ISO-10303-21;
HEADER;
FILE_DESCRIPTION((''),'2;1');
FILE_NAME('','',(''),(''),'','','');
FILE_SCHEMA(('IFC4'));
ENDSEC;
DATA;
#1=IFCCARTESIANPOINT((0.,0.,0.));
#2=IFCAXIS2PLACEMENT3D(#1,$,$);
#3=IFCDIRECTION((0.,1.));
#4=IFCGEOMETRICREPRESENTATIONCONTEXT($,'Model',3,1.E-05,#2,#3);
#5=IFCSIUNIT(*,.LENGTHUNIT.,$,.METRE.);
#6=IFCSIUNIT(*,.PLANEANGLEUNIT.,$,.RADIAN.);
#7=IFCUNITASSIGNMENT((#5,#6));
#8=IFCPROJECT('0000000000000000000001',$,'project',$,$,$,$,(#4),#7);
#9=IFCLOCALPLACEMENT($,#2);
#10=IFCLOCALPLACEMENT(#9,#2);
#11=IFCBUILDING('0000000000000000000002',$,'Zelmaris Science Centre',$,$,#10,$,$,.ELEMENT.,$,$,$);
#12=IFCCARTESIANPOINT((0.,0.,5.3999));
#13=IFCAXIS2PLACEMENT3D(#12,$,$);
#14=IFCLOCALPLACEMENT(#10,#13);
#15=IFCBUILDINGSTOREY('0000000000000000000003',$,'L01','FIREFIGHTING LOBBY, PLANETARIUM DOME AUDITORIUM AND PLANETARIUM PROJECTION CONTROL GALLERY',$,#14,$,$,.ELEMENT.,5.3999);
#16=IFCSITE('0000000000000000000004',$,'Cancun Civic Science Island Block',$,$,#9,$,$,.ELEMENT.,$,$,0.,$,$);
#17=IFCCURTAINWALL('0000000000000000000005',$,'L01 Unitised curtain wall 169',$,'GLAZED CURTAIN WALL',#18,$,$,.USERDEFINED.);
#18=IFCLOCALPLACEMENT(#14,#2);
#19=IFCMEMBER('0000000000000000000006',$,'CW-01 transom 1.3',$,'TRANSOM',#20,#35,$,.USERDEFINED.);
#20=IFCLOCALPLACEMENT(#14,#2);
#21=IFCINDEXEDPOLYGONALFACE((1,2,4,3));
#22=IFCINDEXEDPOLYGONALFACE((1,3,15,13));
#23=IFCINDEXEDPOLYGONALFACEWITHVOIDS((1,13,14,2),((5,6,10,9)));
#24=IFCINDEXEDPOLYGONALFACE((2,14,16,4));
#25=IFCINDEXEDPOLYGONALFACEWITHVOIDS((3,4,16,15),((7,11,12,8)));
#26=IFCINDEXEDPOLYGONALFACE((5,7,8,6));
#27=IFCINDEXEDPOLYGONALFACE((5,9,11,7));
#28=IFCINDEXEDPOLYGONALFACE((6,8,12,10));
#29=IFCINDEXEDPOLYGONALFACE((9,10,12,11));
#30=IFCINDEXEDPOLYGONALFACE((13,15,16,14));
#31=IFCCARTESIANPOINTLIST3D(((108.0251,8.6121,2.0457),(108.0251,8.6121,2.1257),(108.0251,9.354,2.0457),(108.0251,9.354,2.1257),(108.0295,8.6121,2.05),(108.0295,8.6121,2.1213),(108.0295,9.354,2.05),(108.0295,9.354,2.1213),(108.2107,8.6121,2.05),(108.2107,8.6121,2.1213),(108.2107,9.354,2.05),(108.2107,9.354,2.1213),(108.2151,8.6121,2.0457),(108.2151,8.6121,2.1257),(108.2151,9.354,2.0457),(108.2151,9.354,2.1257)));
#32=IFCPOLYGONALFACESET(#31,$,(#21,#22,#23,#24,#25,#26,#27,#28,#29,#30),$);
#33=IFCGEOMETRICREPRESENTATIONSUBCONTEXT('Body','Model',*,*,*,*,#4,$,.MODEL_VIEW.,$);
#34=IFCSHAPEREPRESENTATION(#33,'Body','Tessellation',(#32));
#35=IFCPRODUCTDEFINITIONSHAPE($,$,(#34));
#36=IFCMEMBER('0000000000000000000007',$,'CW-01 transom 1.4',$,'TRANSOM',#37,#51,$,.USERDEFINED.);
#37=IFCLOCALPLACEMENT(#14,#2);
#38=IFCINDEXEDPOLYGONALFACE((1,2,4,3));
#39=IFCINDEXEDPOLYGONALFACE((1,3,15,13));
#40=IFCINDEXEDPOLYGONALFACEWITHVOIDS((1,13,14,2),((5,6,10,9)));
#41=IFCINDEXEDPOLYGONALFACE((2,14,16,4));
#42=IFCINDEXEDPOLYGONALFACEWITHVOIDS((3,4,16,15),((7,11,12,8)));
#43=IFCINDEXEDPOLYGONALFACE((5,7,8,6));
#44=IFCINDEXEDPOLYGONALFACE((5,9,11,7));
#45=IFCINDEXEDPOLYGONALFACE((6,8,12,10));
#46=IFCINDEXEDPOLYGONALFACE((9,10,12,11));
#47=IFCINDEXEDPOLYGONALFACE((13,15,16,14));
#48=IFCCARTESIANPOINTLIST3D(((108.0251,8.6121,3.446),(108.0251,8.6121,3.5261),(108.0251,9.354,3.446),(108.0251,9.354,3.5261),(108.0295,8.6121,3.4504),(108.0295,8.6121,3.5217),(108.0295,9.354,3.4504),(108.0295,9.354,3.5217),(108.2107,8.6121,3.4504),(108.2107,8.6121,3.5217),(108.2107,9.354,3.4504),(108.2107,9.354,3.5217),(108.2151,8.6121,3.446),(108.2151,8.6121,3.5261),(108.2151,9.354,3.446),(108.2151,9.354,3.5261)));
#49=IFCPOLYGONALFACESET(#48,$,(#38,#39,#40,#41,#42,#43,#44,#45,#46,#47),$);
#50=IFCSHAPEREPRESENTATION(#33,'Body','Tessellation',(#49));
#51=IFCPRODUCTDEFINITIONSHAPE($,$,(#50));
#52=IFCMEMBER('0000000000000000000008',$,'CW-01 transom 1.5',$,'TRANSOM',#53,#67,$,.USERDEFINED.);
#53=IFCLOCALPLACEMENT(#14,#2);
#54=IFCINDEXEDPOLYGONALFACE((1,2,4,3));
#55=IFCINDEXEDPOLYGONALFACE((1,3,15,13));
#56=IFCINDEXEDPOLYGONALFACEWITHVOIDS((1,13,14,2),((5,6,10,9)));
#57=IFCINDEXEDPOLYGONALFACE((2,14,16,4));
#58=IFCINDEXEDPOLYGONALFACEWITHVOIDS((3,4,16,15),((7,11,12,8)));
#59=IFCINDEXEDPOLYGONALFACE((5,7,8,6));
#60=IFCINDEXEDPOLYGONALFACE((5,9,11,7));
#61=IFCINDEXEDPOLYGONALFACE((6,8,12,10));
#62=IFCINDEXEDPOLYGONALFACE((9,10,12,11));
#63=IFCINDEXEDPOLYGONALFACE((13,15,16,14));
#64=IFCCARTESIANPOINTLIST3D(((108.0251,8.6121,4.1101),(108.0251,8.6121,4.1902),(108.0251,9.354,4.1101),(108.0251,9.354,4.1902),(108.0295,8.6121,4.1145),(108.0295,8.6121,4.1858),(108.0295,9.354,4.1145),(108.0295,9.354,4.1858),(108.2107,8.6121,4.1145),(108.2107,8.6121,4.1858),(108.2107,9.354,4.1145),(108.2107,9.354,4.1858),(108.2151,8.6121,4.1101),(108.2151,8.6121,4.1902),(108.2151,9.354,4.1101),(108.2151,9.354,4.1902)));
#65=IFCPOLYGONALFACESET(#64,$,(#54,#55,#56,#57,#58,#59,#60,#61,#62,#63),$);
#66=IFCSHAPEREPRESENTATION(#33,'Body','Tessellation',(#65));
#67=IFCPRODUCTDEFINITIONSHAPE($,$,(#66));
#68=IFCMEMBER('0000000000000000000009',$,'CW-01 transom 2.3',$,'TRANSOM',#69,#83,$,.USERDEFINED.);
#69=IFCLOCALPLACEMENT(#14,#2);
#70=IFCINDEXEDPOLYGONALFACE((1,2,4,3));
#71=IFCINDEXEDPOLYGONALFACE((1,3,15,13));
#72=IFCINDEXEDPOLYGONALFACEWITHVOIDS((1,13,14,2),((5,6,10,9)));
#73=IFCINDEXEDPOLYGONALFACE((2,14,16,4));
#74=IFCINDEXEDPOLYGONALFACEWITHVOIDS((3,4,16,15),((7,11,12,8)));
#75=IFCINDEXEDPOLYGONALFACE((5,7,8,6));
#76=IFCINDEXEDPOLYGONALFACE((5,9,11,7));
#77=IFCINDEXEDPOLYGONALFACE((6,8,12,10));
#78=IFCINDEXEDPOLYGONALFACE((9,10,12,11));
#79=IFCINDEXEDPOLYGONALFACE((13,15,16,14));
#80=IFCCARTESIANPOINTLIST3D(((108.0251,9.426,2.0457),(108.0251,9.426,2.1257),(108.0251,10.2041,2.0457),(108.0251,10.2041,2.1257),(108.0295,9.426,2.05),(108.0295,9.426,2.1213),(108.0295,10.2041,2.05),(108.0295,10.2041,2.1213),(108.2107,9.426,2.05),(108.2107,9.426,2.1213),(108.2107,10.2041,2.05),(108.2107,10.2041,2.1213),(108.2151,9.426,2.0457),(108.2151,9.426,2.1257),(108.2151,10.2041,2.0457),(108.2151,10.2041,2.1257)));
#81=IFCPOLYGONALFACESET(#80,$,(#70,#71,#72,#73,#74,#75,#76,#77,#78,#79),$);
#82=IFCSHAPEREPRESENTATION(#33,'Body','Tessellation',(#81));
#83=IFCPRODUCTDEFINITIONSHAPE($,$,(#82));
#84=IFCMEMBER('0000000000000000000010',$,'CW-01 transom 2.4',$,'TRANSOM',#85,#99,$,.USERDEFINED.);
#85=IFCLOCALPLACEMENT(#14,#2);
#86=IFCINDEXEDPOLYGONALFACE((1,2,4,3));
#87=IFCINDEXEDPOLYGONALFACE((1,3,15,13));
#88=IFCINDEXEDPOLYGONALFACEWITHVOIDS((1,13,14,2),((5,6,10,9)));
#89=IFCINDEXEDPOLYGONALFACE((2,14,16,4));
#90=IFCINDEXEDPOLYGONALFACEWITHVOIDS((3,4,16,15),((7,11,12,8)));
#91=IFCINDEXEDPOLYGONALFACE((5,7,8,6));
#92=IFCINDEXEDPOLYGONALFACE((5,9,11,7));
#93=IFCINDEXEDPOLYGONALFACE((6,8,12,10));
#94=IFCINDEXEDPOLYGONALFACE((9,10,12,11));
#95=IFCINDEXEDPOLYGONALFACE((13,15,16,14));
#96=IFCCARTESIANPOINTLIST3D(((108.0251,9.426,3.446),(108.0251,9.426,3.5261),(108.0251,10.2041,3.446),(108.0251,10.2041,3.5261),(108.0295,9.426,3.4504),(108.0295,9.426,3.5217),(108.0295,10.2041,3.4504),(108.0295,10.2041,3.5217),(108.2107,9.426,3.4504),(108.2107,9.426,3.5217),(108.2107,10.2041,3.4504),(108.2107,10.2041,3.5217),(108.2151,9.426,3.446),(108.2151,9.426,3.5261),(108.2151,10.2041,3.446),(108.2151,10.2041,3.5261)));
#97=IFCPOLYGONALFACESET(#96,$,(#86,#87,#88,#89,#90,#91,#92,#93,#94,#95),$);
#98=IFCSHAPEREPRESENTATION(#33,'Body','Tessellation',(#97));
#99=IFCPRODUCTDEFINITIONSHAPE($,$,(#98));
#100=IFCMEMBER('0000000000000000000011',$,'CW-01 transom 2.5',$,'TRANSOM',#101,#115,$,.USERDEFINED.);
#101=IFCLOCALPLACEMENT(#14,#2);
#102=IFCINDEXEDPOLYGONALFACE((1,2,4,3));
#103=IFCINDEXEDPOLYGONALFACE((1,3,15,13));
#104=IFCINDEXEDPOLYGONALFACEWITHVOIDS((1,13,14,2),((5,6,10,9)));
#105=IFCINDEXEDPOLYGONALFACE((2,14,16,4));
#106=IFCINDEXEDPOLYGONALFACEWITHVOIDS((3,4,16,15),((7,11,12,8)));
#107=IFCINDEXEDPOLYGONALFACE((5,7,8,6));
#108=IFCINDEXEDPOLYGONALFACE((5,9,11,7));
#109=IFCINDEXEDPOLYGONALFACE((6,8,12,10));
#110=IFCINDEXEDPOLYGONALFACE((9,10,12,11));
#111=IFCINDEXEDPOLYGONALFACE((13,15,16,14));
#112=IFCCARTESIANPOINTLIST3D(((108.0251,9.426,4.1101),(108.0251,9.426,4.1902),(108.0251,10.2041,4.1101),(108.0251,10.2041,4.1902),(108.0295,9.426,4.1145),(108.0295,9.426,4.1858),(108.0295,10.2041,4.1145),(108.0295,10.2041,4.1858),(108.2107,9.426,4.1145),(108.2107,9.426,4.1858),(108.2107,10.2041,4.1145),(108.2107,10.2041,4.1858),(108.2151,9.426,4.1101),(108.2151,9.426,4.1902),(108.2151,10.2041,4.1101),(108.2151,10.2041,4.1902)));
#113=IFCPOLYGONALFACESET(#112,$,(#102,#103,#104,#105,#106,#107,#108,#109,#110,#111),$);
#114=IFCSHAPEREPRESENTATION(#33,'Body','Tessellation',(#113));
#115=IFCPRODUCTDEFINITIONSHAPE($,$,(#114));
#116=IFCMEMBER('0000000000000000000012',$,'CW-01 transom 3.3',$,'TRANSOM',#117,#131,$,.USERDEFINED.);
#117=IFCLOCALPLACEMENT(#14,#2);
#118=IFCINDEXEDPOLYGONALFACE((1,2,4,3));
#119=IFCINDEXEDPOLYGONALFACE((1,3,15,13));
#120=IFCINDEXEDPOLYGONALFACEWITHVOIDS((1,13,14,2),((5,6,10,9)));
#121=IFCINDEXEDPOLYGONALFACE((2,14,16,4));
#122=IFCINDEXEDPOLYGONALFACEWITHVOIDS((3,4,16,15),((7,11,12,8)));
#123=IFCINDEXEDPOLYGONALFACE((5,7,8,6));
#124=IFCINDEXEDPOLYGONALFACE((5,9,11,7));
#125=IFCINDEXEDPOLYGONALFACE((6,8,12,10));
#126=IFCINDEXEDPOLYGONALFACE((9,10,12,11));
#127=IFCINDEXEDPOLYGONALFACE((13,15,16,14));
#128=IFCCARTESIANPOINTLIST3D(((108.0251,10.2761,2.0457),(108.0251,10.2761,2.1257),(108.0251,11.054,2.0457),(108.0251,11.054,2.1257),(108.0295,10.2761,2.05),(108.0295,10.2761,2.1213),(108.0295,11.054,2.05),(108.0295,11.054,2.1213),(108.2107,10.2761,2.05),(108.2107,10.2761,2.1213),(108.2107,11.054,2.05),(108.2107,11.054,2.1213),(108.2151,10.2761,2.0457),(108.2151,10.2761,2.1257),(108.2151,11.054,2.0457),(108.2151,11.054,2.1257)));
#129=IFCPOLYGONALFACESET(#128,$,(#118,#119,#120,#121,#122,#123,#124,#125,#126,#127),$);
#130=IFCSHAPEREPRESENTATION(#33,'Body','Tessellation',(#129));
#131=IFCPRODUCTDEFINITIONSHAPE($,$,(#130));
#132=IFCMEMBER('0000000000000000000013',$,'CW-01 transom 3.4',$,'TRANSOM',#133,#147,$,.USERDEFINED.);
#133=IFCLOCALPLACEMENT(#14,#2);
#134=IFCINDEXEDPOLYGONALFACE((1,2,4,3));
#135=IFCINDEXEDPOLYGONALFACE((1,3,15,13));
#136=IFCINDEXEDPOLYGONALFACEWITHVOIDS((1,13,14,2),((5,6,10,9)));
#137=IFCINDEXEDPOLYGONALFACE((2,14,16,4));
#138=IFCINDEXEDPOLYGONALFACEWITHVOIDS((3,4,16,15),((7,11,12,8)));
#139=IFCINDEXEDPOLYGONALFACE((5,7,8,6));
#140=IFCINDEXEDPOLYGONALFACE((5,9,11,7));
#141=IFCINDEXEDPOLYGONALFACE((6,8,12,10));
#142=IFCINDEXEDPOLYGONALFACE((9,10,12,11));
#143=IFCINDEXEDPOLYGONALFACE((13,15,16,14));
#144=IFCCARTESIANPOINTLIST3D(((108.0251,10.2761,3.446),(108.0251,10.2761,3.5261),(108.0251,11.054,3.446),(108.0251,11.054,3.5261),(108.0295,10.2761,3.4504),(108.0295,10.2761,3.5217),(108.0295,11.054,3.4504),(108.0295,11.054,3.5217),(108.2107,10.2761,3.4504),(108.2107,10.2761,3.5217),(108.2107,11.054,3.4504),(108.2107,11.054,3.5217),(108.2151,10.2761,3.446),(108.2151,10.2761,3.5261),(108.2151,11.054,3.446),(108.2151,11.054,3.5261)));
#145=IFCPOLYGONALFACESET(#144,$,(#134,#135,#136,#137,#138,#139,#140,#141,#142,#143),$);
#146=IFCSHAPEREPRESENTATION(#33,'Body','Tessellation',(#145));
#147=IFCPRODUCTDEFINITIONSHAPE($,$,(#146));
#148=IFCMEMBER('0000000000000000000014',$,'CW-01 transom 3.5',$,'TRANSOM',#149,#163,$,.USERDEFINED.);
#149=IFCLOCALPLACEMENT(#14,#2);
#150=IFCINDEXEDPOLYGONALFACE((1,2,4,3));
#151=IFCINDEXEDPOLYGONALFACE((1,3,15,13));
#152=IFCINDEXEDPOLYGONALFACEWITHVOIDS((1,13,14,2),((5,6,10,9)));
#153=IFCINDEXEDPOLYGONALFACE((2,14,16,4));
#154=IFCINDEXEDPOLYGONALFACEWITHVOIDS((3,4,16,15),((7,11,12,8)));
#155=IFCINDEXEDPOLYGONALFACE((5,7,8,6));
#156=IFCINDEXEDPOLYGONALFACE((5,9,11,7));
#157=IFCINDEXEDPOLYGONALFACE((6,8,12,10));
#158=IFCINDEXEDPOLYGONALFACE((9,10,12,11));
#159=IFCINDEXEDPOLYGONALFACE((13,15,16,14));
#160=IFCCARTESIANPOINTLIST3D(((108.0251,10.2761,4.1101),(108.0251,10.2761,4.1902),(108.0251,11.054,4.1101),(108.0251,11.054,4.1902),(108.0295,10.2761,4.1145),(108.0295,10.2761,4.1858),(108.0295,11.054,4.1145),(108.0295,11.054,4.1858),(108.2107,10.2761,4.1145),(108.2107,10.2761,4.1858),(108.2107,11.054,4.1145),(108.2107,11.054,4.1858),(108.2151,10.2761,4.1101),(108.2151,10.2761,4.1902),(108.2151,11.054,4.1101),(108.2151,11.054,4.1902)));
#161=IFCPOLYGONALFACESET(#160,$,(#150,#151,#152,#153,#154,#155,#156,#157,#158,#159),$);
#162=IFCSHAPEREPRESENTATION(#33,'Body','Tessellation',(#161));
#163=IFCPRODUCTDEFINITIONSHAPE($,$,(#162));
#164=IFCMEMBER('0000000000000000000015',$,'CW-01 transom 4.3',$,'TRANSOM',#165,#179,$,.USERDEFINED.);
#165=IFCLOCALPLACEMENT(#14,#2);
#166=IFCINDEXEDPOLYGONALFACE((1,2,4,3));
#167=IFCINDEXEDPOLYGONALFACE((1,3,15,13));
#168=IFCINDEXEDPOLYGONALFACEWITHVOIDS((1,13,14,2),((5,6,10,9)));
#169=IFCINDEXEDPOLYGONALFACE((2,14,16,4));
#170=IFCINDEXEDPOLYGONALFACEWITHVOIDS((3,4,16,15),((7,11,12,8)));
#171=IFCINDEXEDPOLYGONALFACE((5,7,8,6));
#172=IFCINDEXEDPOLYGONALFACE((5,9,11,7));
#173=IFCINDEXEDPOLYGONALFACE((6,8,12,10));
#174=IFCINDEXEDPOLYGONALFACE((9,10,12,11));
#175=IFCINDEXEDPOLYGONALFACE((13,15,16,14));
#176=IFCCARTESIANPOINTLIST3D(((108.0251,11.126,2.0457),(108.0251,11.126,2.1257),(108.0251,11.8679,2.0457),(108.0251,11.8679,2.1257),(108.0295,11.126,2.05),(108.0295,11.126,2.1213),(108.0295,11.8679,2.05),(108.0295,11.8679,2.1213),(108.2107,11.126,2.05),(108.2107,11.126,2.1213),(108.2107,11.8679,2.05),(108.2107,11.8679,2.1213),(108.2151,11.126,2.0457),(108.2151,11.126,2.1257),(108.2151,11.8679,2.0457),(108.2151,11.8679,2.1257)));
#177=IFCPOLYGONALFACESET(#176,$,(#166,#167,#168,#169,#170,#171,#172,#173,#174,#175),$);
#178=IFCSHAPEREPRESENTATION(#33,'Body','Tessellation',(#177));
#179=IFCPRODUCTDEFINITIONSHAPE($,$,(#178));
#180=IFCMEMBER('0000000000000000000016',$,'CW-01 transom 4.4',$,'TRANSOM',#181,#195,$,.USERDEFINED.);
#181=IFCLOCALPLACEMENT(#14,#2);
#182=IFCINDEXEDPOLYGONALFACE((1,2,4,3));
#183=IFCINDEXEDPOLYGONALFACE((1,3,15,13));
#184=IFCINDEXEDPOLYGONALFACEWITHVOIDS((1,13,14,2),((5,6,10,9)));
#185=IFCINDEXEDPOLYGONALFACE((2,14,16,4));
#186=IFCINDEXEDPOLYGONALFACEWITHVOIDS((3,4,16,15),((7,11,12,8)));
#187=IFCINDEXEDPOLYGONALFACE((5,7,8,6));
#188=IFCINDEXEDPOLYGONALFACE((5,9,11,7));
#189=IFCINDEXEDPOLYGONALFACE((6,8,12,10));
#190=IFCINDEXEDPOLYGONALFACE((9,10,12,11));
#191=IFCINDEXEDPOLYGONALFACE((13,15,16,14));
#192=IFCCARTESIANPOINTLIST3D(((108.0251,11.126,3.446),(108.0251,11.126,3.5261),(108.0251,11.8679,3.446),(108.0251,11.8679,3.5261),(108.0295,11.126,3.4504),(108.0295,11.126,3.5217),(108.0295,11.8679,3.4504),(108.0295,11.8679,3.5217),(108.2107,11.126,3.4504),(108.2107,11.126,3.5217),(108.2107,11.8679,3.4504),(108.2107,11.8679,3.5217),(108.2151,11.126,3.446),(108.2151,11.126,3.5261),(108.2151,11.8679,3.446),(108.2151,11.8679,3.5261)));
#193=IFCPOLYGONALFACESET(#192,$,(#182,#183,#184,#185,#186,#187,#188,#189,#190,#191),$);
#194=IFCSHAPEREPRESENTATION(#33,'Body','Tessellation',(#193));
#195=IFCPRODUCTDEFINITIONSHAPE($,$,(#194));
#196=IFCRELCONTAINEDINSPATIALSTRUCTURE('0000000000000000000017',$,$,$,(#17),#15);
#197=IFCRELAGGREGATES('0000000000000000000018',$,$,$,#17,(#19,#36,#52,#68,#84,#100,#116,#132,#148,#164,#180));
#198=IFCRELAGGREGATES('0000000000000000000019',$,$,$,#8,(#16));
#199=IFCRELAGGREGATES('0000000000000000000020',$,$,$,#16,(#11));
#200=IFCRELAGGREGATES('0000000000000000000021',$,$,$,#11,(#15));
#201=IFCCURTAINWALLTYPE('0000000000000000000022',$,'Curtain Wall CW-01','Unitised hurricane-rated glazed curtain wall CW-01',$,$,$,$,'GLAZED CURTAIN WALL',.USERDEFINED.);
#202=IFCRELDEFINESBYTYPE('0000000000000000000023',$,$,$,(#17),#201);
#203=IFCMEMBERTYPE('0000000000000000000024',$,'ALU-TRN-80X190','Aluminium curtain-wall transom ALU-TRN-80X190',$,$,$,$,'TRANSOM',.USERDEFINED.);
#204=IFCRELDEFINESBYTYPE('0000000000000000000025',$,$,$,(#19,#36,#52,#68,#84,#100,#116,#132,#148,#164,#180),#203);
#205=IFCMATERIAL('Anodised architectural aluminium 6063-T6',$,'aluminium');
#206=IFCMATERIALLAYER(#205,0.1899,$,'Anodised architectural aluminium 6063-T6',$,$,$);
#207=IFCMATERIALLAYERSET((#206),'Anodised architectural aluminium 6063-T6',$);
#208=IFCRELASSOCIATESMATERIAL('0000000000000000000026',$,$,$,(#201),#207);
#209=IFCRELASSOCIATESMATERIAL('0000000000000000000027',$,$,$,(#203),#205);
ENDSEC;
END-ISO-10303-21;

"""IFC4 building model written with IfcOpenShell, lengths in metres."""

from ifc_helpers import new_model, si_unit, direction, frame, origin, origin_2d, place, context, subcontext, project, spatial, hollow_rectangle, extrude, material, layer, layer_set, material_profile, profile_set, type_object, element, aggregate, save


model = new_model("IFC4")

# Units and contexts
model_context = context("Model", 3, precision=1e-05, world=origin(), true_north=direction((0.0, 1.0)))
body_context = subcontext(model_context, "Body", "Model", "MODEL_VIEW")
ifc_project = project(units=[si_unit("LENGTHUNIT", "METRE"), si_unit("PLANEANGLEUNIT", "RADIAN")], contexts=[model_context])

# Site, building, storey
site_placement = place(None, origin())
site = spatial("IfcSite", under=ifc_project, at=site_placement, Name="Cancun Civic Science Island Block", CompositionType="ELEMENT", RefElevation=0.0)
building_placement = place(site_placement, origin())
building = spatial("IfcBuilding", under=site, at=building_placement, Name="Zelmaris Science Centre", CompositionType="ELEMENT")
storey_placement = place(building_placement, frame((0.0, 0.0, 5.3999)))
storey = spatial("IfcBuildingStorey", under=building, at=storey_placement, Name="L01", Description="FIREFIGHTING LOBBY, PLANETARIUM DOME AUDITORIUM AND PLANETARIUM PROJECTION CONTROL GALLERY", CompositionType="ELEMENT", Elevation=5.3999)

# Curtain wall, members
ifc_material_1 = material(Name="Anodised architectural aluminium 6063-T6", Category="aluminium")
ifc_layer_1 = layer(ifc_material_1, 0.1899, Name="Anodised architectural aluminium 6063-T6")
ifc_layer_set_1 = layer_set([ifc_layer_1], Name="Anodised architectural aluminium 6063-T6")
curtain_wall_type = type_object("IfcCurtainWallType", Name="Curtain Wall CW-01", Description="Unitised hurricane-rated glazed curtain wall CW-01", ElementType="GLAZED CURTAIN WALL", PredefinedType="USERDEFINED", material=ifc_layer_set_1)
curtain_wall_placement = place(storey_placement, origin())
curtain_wall = element("IfcCurtainWall", 1, at=curtain_wall_placement, inside=storey, type_object=curtain_wall_type, Name="L01 Unitised curtain wall 169", ObjectType="GLAZED CURTAIN WALL", PredefinedType="USERDEFINED")
ifc_material_profile = material_profile(ifc_material_1, hollow_rectangle(XDim=0.0801, YDim=0.1899, WallThickness=0.0044, at=origin_2d()), Name="ALU-TRN-80X190")
ifc_profile_set = profile_set([ifc_material_profile], Name="Anodised architectural aluminium 6063-T6")
member_type = type_object("IfcMemberType", Name="ALU-TRN-80X190", Description="Aluminium curtain-wall transom ALU-TRN-80X190", ElementType="TRANSOM", PredefinedType="USERDEFINED", material=ifc_profile_set)
member_1_placement = place(storey_placement, frame((108.1201, 8.6121, 2.0857), z_axis=(0.0, 1.0, 0.0), x_axis=(0.0, 0.0, 1.0)))
member_1 = element("IfcMember", 2, at=member_1_placement, type_object=member_type, Name="CW-01 transom 1.3", ObjectType="TRANSOM", PredefinedType="USERDEFINED", context=body_context, shape_type="SweptSolid", body=[
    extrude(hollow_rectangle(XDim=0.0801, YDim=0.1899, WallThickness=0.0044, at=origin_2d()), origin(), (0.0, 0.0, 1.0), 0.7419),
])
member_2_placement = place(storey_placement, frame((108.1201, 8.6121, 3.4861), z_axis=(0.0, 1.0, 0.0), x_axis=(0.0, 0.0, 1.0)))
member_2 = element("IfcMember", 3, at=member_2_placement, type_object=member_type, Name="CW-01 transom 1.4", ObjectType="TRANSOM", PredefinedType="USERDEFINED", context=body_context, shape_type="SweptSolid", body=[
    extrude(hollow_rectangle(XDim=0.0801, YDim=0.1899, WallThickness=0.0044, at=origin_2d()), origin(), (0.0, 0.0, 1.0), 0.7419),
])
member_3_placement = place(storey_placement, frame((108.1201, 8.6121, 4.1501), z_axis=(0.0, 1.0, 0.0), x_axis=(0.0, 0.0, 1.0)))
member_3 = element("IfcMember", 4, at=member_3_placement, type_object=member_type, Name="CW-01 transom 1.5", ObjectType="TRANSOM", PredefinedType="USERDEFINED", context=body_context, shape_type="SweptSolid", body=[
    extrude(hollow_rectangle(XDim=0.0801, YDim=0.1899, WallThickness=0.0044, at=origin_2d()), origin(), (0.0, 0.0, 1.0), 0.7419),
])
member_4_placement = place(storey_placement, frame((108.1201, 9.426, 2.0857), z_axis=(0.0, 1.0, 0.0), x_axis=(0.0, 0.0, 1.0)))
member_4 = element("IfcMember", 5, at=member_4_placement, type_object=member_type, Name="CW-01 transom 2.3", ObjectType="TRANSOM", PredefinedType="USERDEFINED", context=body_context, shape_type="SweptSolid", body=[
    extrude(hollow_rectangle(XDim=0.0801, YDim=0.1899, WallThickness=0.0044, at=origin_2d()), origin(), (0.0, 0.0, 1.0), 0.7781),
])
member_5_placement = place(storey_placement, frame((108.1201, 9.426, 3.4861), z_axis=(0.0, 1.0, 0.0), x_axis=(0.0, 0.0, 1.0)))
member_5 = element("IfcMember", 6, at=member_5_placement, type_object=member_type, Name="CW-01 transom 2.4", ObjectType="TRANSOM", PredefinedType="USERDEFINED", context=body_context, shape_type="SweptSolid", body=[
    extrude(hollow_rectangle(XDim=0.0801, YDim=0.1899, WallThickness=0.0044, at=origin_2d()), origin(), (0.0, 0.0, 1.0), 0.7781),
])
member_6_placement = place(storey_placement, frame((108.1201, 9.426, 4.1501), z_axis=(0.0, 1.0, 0.0), x_axis=(0.0, 0.0, 1.0)))
member_6 = element("IfcMember", 7, at=member_6_placement, type_object=member_type, Name="CW-01 transom 2.5", ObjectType="TRANSOM", PredefinedType="USERDEFINED", context=body_context, shape_type="SweptSolid", body=[
    extrude(hollow_rectangle(XDim=0.0801, YDim=0.1899, WallThickness=0.0044, at=origin_2d()), origin(), (0.0, 0.0, 1.0), 0.7781),
])
member_7_placement = place(storey_placement, frame((108.1201, 10.2761, 2.0857), z_axis=(0.0, 1.0, 0.0), x_axis=(0.0, 0.0, 1.0)))
member_7 = element("IfcMember", 8, at=member_7_placement, type_object=member_type, Name="CW-01 transom 3.3", ObjectType="TRANSOM", PredefinedType="USERDEFINED", context=body_context, shape_type="SweptSolid", body=[
    extrude(hollow_rectangle(XDim=0.0801, YDim=0.1899, WallThickness=0.0044, at=origin_2d()), origin(), (0.0, 0.0, 1.0), 0.7778),
])
member_8_placement = place(storey_placement, frame((108.1201, 10.2761, 3.4861), z_axis=(0.0, 1.0, 0.0), x_axis=(0.0, 0.0, 1.0)))
member_8 = element("IfcMember", 9, at=member_8_placement, type_object=member_type, Name="CW-01 transom 3.4", ObjectType="TRANSOM", PredefinedType="USERDEFINED", context=body_context, shape_type="SweptSolid", body=[
    extrude(hollow_rectangle(XDim=0.0801, YDim=0.1899, WallThickness=0.0044, at=origin_2d()), origin(), (0.0, 0.0, 1.0), 0.7778),
])
member_9_placement = place(storey_placement, frame((108.1201, 10.2761, 4.1501), z_axis=(0.0, 1.0, 0.0), x_axis=(0.0, 0.0, 1.0)))
member_9 = element("IfcMember", 10, at=member_9_placement, type_object=member_type, Name="CW-01 transom 3.5", ObjectType="TRANSOM", PredefinedType="USERDEFINED", context=body_context, shape_type="SweptSolid", body=[
    extrude(hollow_rectangle(XDim=0.0801, YDim=0.1899, WallThickness=0.0044, at=origin_2d()), origin(), (0.0, 0.0, 1.0), 0.7778),
])
member_10_placement = place(storey_placement, frame((108.1201, 11.126, 2.0857), z_axis=(0.0, 1.0, 0.0), x_axis=(0.0, 0.0, 1.0)))
member_10 = element("IfcMember", 11, at=member_10_placement, type_object=member_type, Name="CW-01 transom 4.3", ObjectType="TRANSOM", PredefinedType="USERDEFINED", context=body_context, shape_type="SweptSolid", body=[
    extrude(hollow_rectangle(XDim=0.0801, YDim=0.1899, WallThickness=0.0044, at=origin_2d()), origin(), (0.0, 0.0, 1.0), 0.7419),
])
member_11_placement = place(storey_placement, frame((108.1201, 11.126, 3.4861), z_axis=(0.0, 1.0, 0.0), x_axis=(0.0, 0.0, 1.0)))
member_11 = element("IfcMember", 12, at=member_11_placement, type_object=member_type, Name="CW-01 transom 4.4", ObjectType="TRANSOM", PredefinedType="USERDEFINED", context=body_context, shape_type="SweptSolid", body=[
    extrude(hollow_rectangle(XDim=0.0801, YDim=0.1899, WallThickness=0.0044, at=origin_2d()), origin(), (0.0, 0.0, 1.0), 0.7419),
])
aggregate(curtain_wall, [member_1, member_2, member_3, member_4, member_5, member_6, member_7, member_8, member_9, member_10, member_11])

save(model, "model.ifc")
